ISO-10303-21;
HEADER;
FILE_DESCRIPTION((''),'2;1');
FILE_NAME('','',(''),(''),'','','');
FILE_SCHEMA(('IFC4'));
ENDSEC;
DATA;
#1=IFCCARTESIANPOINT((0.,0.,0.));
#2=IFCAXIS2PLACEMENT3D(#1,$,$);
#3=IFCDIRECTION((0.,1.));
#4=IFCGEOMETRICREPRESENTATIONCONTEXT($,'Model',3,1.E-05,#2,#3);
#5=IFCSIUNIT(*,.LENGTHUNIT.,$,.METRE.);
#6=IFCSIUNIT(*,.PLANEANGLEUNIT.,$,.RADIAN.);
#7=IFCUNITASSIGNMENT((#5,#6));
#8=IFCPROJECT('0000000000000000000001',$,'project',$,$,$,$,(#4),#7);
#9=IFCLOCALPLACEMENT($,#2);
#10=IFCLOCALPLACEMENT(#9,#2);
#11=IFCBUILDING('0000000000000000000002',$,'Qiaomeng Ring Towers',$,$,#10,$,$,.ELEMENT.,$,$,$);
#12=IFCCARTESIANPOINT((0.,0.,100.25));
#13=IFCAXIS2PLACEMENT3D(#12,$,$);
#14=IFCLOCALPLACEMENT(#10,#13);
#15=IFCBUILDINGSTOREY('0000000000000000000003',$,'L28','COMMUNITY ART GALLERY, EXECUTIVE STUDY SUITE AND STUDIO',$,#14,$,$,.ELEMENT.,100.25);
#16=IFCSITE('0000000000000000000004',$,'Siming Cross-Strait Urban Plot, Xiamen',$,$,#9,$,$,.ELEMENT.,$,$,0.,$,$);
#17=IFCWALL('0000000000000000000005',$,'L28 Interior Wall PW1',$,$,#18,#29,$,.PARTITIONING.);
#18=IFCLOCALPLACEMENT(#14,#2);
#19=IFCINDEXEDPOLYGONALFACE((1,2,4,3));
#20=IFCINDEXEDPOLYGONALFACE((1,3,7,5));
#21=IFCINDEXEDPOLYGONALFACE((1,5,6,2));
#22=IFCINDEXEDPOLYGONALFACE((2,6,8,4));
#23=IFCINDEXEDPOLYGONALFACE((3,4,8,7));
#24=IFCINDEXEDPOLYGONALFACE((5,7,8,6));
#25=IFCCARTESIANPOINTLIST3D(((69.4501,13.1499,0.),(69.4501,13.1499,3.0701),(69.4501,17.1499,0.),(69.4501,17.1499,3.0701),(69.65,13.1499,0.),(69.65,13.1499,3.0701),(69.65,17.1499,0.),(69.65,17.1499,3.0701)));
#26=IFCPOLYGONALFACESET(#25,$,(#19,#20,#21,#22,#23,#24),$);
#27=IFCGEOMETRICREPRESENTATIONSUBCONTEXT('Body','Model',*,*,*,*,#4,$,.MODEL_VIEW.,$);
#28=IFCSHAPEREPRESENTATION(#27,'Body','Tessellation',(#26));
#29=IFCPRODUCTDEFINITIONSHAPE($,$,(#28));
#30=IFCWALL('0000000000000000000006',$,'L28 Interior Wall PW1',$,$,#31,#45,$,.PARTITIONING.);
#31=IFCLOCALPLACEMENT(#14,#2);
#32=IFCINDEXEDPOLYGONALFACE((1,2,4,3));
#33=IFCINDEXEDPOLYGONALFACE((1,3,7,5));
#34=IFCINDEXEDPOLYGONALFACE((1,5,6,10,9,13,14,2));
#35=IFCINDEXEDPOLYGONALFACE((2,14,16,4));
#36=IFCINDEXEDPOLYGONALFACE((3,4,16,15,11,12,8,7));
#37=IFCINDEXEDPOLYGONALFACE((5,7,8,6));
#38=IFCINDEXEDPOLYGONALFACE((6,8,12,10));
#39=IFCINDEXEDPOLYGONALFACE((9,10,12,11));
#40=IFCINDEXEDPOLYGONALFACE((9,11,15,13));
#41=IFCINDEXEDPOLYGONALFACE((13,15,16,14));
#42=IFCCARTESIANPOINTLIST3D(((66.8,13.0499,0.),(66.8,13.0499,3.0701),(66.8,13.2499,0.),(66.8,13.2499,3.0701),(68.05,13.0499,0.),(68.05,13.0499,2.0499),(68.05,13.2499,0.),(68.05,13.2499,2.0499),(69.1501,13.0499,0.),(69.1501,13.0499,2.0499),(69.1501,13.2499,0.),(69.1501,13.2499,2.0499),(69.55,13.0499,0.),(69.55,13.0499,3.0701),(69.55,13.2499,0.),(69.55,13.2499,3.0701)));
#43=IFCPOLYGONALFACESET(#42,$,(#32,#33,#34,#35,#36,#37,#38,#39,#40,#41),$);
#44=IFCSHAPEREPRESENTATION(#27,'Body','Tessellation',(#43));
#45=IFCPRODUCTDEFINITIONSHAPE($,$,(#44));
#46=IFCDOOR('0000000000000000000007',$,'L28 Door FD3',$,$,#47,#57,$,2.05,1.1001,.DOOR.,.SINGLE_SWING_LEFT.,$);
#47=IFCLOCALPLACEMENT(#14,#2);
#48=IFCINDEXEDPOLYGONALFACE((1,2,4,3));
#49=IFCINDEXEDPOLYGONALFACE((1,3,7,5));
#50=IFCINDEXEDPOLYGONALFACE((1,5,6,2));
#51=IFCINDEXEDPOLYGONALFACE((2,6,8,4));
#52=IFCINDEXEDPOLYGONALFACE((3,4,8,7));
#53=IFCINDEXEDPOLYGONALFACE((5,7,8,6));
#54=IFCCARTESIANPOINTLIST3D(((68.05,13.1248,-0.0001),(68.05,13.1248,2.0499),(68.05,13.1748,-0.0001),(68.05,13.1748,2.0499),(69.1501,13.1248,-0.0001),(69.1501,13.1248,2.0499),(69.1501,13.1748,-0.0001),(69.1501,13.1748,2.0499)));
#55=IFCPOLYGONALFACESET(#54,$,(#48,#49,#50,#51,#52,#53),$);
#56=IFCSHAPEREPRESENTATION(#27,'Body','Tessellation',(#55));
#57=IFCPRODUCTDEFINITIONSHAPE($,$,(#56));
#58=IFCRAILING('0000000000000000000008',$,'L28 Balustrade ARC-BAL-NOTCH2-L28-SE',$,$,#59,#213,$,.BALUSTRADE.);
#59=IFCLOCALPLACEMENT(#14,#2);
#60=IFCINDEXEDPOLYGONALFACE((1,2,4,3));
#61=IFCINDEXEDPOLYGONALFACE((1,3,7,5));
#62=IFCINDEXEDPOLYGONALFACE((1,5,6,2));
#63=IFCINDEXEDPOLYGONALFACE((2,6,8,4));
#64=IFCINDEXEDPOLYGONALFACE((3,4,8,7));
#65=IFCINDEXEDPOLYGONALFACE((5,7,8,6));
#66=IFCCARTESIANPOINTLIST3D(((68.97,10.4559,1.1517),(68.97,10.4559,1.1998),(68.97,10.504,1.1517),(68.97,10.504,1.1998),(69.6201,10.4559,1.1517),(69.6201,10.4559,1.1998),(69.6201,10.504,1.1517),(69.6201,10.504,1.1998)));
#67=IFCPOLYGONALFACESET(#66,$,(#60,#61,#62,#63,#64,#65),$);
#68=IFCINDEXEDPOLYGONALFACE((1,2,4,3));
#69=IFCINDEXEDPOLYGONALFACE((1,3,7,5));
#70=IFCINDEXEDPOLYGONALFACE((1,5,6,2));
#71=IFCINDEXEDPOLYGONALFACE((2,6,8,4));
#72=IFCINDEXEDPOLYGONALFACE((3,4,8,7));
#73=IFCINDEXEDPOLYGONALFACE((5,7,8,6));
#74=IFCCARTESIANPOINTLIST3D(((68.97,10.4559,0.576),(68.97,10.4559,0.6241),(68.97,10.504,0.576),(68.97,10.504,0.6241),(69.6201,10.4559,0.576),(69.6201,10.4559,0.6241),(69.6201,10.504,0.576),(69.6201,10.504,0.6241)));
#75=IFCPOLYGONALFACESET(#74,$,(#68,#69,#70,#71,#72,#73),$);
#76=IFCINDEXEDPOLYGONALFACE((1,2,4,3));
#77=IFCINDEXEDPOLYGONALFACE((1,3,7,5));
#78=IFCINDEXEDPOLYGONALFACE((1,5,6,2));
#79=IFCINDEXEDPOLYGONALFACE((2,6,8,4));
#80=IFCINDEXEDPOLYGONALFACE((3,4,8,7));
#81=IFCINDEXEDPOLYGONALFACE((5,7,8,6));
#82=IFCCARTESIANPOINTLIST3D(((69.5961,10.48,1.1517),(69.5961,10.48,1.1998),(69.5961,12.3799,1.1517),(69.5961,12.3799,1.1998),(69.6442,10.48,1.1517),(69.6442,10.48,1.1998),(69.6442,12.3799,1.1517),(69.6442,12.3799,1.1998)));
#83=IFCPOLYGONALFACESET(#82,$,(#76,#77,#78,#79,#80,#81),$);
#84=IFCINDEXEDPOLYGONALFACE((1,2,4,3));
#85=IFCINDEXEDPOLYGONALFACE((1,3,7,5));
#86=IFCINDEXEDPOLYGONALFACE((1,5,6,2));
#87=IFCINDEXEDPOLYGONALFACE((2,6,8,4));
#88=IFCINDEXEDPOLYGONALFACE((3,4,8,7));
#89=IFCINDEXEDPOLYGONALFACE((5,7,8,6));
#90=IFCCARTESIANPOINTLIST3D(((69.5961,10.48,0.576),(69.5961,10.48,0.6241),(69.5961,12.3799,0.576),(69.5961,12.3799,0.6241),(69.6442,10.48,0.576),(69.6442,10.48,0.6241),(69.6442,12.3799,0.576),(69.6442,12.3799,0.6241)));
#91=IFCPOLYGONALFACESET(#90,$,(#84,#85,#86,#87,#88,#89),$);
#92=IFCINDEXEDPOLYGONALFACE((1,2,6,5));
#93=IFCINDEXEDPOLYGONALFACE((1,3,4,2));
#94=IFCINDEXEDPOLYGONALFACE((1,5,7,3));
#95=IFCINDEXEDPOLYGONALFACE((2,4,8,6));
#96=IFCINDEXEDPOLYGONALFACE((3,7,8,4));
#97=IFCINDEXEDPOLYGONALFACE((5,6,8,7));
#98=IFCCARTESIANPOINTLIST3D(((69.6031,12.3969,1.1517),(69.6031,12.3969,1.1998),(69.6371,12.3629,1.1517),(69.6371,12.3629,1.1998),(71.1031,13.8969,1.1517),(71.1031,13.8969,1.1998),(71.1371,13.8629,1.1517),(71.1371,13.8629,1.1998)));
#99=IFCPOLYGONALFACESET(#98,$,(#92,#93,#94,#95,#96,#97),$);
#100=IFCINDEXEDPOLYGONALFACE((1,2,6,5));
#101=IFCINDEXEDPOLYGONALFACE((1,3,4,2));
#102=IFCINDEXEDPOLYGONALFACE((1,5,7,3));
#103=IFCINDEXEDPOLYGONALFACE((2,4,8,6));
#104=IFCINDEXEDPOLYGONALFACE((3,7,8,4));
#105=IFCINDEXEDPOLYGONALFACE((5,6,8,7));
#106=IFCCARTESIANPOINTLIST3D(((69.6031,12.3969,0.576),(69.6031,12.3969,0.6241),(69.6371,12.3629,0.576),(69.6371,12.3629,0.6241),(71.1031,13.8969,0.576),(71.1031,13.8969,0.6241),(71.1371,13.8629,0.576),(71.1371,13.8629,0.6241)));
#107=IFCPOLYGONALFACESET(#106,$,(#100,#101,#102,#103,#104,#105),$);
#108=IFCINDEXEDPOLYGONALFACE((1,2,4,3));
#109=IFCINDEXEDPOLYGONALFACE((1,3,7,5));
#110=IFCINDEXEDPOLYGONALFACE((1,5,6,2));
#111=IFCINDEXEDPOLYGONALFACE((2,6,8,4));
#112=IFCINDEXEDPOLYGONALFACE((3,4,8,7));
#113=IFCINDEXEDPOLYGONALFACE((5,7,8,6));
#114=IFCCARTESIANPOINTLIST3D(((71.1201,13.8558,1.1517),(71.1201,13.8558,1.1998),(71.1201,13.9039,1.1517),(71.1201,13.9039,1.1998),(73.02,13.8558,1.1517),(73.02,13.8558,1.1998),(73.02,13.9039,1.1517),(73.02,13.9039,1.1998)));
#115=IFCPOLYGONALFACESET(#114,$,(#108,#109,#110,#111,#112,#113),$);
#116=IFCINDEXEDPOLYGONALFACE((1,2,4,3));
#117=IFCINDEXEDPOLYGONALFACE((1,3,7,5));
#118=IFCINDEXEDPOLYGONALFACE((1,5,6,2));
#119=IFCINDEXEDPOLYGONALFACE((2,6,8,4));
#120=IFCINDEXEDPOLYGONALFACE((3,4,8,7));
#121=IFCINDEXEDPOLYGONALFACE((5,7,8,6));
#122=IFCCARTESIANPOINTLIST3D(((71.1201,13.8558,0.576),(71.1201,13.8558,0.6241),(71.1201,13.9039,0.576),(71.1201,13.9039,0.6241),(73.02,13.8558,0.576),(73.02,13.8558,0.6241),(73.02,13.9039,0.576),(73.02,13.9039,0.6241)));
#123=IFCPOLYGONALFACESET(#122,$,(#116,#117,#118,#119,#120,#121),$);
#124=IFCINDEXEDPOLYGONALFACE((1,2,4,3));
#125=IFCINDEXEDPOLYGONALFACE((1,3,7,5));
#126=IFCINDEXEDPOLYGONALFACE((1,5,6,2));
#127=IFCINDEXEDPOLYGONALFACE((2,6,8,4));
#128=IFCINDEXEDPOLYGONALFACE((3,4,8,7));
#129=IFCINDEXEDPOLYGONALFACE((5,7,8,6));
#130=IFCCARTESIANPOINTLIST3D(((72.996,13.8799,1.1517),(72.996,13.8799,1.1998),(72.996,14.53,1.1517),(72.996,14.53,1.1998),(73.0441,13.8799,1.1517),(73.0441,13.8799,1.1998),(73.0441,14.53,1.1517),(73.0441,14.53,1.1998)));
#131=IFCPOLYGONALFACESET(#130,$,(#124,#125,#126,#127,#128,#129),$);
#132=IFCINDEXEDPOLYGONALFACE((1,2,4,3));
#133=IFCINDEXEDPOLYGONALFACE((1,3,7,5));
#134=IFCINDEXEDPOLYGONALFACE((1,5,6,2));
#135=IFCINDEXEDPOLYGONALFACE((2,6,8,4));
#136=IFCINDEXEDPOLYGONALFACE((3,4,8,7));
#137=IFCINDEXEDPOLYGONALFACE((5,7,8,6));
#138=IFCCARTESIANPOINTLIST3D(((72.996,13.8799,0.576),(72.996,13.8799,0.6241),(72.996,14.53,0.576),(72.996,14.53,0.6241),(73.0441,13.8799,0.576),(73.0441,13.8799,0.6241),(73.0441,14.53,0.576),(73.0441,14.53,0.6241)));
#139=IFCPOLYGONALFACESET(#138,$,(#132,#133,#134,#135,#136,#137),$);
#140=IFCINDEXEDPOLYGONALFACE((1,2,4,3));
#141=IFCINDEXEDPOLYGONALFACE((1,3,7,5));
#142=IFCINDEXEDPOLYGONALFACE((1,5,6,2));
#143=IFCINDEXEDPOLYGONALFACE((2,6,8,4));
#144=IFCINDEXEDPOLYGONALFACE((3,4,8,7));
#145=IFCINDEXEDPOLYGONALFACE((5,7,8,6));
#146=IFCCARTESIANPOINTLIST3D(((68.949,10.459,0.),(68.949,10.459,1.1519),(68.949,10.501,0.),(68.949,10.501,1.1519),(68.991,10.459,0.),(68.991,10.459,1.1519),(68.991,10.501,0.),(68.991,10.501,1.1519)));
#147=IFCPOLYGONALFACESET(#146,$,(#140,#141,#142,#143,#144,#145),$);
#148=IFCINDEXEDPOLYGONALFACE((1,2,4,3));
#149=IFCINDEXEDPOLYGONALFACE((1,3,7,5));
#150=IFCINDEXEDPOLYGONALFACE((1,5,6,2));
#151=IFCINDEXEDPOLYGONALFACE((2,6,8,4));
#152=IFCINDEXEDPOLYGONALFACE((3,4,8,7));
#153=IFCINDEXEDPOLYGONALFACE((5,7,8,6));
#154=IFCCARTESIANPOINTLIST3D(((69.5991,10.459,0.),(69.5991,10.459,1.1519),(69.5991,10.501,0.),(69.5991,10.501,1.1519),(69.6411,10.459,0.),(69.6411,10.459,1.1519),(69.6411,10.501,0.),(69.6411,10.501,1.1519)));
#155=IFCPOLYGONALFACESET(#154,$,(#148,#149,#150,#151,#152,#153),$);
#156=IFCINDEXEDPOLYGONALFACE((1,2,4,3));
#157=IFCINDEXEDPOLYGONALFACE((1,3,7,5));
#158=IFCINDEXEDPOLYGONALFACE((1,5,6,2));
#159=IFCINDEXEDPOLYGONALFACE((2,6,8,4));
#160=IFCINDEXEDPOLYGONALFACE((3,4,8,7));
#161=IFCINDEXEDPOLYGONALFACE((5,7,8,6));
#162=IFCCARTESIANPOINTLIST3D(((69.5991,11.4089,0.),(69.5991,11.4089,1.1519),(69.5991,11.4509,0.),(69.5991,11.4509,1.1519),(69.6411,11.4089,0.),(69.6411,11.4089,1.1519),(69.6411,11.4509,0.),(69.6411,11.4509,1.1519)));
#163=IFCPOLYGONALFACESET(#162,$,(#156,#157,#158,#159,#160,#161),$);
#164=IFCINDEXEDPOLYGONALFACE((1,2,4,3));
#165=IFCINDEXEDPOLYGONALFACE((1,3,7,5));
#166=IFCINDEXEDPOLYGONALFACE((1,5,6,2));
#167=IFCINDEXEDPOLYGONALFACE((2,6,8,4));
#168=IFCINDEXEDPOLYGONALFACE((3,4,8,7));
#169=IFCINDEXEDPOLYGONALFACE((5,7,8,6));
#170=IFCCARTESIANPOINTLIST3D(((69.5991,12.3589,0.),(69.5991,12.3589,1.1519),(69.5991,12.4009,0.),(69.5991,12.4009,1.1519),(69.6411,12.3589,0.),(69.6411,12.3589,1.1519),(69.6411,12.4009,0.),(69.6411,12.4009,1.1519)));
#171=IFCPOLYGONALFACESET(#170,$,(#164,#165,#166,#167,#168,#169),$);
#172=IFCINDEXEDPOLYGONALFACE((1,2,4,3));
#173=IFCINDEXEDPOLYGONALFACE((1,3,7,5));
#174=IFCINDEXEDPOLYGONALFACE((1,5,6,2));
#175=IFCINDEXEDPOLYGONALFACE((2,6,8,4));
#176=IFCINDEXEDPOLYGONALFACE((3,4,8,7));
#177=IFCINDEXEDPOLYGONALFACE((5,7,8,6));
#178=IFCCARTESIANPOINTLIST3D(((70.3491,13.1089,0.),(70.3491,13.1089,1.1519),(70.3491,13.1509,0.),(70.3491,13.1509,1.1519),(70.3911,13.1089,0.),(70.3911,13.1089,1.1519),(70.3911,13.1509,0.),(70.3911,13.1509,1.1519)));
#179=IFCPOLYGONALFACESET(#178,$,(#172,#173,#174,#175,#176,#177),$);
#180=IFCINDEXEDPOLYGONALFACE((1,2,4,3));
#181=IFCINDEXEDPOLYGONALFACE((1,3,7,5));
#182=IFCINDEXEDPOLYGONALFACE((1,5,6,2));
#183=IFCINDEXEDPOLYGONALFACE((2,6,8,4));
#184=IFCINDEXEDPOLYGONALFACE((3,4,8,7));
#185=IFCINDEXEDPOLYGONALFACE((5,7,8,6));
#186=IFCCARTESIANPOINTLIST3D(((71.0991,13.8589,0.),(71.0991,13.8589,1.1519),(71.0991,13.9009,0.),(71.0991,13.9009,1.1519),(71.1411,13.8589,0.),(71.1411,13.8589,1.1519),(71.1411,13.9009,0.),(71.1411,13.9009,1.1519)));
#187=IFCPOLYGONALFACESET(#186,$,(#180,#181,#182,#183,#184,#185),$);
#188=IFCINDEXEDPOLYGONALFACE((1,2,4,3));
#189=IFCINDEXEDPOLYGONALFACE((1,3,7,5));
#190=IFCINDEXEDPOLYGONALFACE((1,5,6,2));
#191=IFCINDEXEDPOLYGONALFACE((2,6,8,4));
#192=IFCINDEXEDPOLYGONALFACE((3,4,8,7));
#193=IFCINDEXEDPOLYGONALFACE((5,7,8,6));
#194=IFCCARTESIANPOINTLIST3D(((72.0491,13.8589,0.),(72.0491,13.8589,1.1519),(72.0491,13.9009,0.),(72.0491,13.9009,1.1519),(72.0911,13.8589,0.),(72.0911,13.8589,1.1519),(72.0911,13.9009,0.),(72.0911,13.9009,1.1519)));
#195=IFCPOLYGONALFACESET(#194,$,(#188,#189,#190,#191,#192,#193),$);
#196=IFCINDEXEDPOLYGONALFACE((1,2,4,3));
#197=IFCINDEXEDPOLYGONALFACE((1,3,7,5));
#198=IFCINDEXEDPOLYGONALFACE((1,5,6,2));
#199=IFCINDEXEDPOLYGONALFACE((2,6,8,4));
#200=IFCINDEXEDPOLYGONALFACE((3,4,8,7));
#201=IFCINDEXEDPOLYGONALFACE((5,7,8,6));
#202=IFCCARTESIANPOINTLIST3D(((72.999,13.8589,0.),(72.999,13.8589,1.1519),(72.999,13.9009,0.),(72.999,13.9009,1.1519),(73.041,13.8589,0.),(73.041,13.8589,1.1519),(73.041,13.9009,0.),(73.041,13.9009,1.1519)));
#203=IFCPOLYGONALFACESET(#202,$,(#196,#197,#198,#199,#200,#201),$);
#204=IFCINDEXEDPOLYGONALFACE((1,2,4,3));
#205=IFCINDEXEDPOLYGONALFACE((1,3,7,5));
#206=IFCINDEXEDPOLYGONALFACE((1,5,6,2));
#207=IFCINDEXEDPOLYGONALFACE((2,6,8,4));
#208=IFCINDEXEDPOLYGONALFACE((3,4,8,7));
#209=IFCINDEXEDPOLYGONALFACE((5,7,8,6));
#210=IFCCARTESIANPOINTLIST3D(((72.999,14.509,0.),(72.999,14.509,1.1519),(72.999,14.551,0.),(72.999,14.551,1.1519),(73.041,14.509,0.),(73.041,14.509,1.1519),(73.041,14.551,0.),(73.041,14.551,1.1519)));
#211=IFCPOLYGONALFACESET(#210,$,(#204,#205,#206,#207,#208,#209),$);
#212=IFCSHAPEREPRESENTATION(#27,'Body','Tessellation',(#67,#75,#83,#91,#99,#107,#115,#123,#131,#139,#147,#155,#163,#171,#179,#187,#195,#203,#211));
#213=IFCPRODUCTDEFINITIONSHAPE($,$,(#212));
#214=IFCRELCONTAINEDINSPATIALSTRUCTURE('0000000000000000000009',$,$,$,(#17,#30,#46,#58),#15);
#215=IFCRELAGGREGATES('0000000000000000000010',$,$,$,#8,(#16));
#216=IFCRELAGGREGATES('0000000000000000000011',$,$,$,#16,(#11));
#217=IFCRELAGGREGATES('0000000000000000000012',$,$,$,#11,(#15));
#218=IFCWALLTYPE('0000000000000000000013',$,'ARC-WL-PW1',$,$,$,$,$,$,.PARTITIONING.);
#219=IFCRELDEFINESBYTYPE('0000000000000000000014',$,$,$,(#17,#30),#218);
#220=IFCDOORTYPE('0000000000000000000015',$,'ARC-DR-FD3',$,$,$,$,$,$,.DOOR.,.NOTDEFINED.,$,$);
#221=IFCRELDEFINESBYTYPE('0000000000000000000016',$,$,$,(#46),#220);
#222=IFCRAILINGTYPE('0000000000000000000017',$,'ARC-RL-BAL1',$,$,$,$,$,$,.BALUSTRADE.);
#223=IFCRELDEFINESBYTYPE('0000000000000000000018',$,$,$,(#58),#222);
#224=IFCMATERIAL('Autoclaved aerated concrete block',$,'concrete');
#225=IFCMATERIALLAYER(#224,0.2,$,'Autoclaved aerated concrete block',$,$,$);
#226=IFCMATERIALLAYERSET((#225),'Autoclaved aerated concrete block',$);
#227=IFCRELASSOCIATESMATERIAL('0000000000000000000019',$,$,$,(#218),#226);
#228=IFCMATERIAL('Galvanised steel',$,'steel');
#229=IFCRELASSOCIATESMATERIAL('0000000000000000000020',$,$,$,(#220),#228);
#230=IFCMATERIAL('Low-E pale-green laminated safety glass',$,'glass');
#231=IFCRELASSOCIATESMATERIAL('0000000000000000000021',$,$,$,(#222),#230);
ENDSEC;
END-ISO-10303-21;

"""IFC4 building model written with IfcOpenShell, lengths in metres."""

from ifc_helpers import new_model, si_unit, direction, frame, frame_2d, origin, origin_2d, place, context, subcontext, project, spatial, rectangle, extrude, source, transform, mapped, material, layer, layer_set, type_object, element, fill, save


model = new_model("IFC4")

# Units and contexts
model_context = context("Model", 3, precision=1e-05, world=origin(), true_north=direction((0.0, 1.0)))
body_context = subcontext(model_context, "Body", "Model", "MODEL_VIEW")
ifc_project = project(units=[si_unit("LENGTHUNIT", "METRE"), si_unit("PLANEANGLEUNIT", "RADIAN")], contexts=[model_context])

# Site, building, storey
site_placement = place(None, origin())
site = spatial("IfcSite", under=ifc_project, at=site_placement, Name="Siming Cross-Strait Urban Plot, Xiamen", CompositionType="ELEMENT", RefElevation=0.0)
building_placement = place(site_placement, origin())
building = spatial("IfcBuilding", under=site, at=building_placement, Name="Qiaomeng Ring Towers", CompositionType="ELEMENT")
storey_placement = place(building_placement, frame((0.0, 0.0, 100.25)))
storey = spatial("IfcBuildingStorey", under=building, at=storey_placement, Name="L28", Description="COMMUNITY ART GALLERY, EXECUTIVE STUDY SUITE AND STUDIO", CompositionType="ELEMENT", Elevation=100.25)

# Wall
ifc_material_1 = material(Name="Autoclaved aerated concrete block", Category="concrete")
ifc_layer_1 = layer(ifc_material_1, 0.2, Name="Autoclaved aerated concrete block")
ifc_layer_set_1 = layer_set([ifc_layer_1], Name="Autoclaved aerated concrete block")
wall_type_1 = type_object("IfcWallType", Name="ARC-WL-PW1", PredefinedType="PARTITIONING", material=ifc_layer_set_1)
wall_1_placement = place(storey_placement, frame((69.55, 13.1499, 0.0), z_axis=(0.0, 0.0, 1.0), x_axis=(0.0, 1.0, 0.0)))
element("IfcWall", 1, at=wall_1_placement, inside=storey, type_object=wall_type_1, Name="L28 Interior Wall PW1", PredefinedType="PARTITIONING", context=body_context, shape_type="SweptSolid", body=[
    extrude(rectangle(XDim=4.0, YDim=0.2, at=frame_2d((2.0, 0.0))), origin(), (0.0, 0.0, 1.0), 3.0701),
])

# Wall, opening, door
wall_2_placement = place(storey_placement, frame((66.8, 13.1499, 0.0), z_axis=(0.0, 0.0, 1.0), x_axis=(1.0, 0.0, 0.0)))
wall_2 = element("IfcWall", 2, at=wall_2_placement, inside=storey, type_object=wall_type_1, Name="L28 Interior Wall PW1", PredefinedType="PARTITIONING", context=body_context, shape_type="SweptSolid", body=[
    extrude(rectangle(XDim=2.75, YDim=0.2, at=frame_2d((1.375, 0.0))), origin(), (0.0, 0.0, 1.0), 3.0701),
])
opening_1_placement = place(wall_2_placement, frame((1.25, 0.0, 0.0)))
opening_1 = element("IfcOpeningElement", 3, at=opening_1_placement, cuts=wall_2, PredefinedType="OPENING", context=body_context, shape_type="SweptSolid", body=[
    extrude(rectangle(XDim=1.1001, YDim=2.05, at=frame_2d((0.55, 1.0249))), frame((0.0, 0.1099, 0.0), z_axis=(0.0, -1.0, 0.0), x_axis=(1.0, 0.0, 0.0)), (0.0, 0.0, 1.0), 0.22),
])
ifc_material_2 = material(Name="Galvanised steel", Category="steel")
door_type_1 = type_object("IfcDoorType", Name="ARC-DR-FD3", OperationType="NOTDEFINED", PredefinedType="DOOR", material=ifc_material_2)
shared_shape_1 = source(origin(), body_context, "Body", "SweptSolid", [
    extrude(rectangle(XDim=1.1001, YDim=2.05, at=frame_2d((0.55, 1.0249))), frame((0.0, 0.0249, 0.0), z_axis=(0.0, -1.0, 0.0), x_axis=(1.0, 0.0, 0.0)), (0.0, 0.0, 1.0), 0.05),
])
door_1_placement = place(opening_1_placement, origin())
door_1 = element("IfcDoor", 4, at=door_1_placement, inside=storey, type_object=door_type_1, Name="L28 Door FD3", OperationType="SINGLE_SWING_LEFT", OverallHeight=2.05, OverallWidth=1.1001, PredefinedType="DOOR", context=body_context, shape_type="MappedRepresentation", body=[
    mapped(shared_shape_1, transform((0.0, 0.0, 0.0), x_axis=(1.0, 0.0, 0.0), y_axis=(0.0, 1.0, 0.0), z_axis=(0.0, 0.0, 1.0), scale=1.0)),
])
fill(opening_1, door_1)

# Railing
ifc_material_3 = material(Name="Low-E pale-green laminated safety glass", Category="glass")
railing_type = type_object("IfcRailingType", Name="ARC-RL-BAL1", PredefinedType="BALUSTRADE", material=ifc_material_3)
railing_placement = place(storey_placement, frame((68.97, 10.48, 0.0)))
element("IfcRailing", 5, at=railing_placement, inside=storey, type_object=railing_type, Name="L28 Balustrade ARC-BAL-NOTCH2-L28-SE", PredefinedType="BALUSTRADE", context=body_context, shape_type="SweptSolid", body=[
    extrude(rectangle(XDim=0.0481, YDim=0.0481, at=origin_2d()), frame((0.0, 0.0, 1.1758), z_axis=(1.0, 0.0, 0.0), x_axis=(0.0, 1.0, 0.0)), (0.0, 0.0, 1.0), 0.6501),
    extrude(rectangle(XDim=0.0481, YDim=0.0481, at=origin_2d()), frame((0.0, 0.0, 0.6001), z_axis=(1.0, 0.0, 0.0), x_axis=(0.0, 1.0, 0.0)), (0.0, 0.0, 1.0), 0.6501),
    extrude(rectangle(XDim=0.0481, YDim=0.0481, at=origin_2d()), frame((0.6501, 0.0, 1.1758), z_axis=(0.0, 1.0, 0.0), x_axis=(-1.0, 0.0, 0.0)), (0.0, 0.0, 1.0), 1.8999),
    extrude(rectangle(XDim=0.0481, YDim=0.0481, at=origin_2d()), frame((0.6501, 0.0, 0.6001), z_axis=(0.0, 1.0, 0.0), x_axis=(-1.0, 0.0, 0.0)), (0.0, 0.0, 1.0), 1.8999),
    extrude(rectangle(XDim=0.0481, YDim=0.0481, at=origin_2d()), frame((0.6501, 1.8999, 1.1758), z_axis=(0.707107, 0.707107, 0.0), x_axis=(-0.707107, 0.707107, 0.0)), (0.0, 0.0, 1.0), 2.1213),
    extrude(rectangle(XDim=0.0481, YDim=0.0481, at=origin_2d()), frame((0.6501, 1.8999, 0.6001), z_axis=(0.707107, 0.707107, 0.0), x_axis=(-0.707107, 0.707107, 0.0)), (0.0, 0.0, 1.0), 2.1213),
    extrude(rectangle(XDim=0.0481, YDim=0.0481, at=origin_2d()), frame((2.1501, 3.3999, 1.1758), z_axis=(1.0, 0.0, 0.0), x_axis=(0.0, 1.0, 0.0)), (0.0, 0.0, 1.0), 1.8999),
    extrude(rectangle(XDim=0.0481, YDim=0.0481, at=origin_2d()), frame((2.1501, 3.3999, 0.6001), z_axis=(1.0, 0.0, 0.0), x_axis=(0.0, 1.0, 0.0)), (0.0, 0.0, 1.0), 1.8999),
    extrude(rectangle(XDim=0.0481, YDim=0.0481, at=origin_2d()), frame((4.05, 3.3999, 1.1758), z_axis=(0.0, 1.0, 0.0), x_axis=(-1.0, 0.0, 0.0)), (0.0, 0.0, 1.0), 0.6501),
    extrude(rectangle(XDim=0.0481, YDim=0.0481, at=origin_2d()), frame((4.05, 3.3999, 0.6001), z_axis=(0.0, 1.0, 0.0), x_axis=(-1.0, 0.0, 0.0)), (0.0, 0.0, 1.0), 0.6501),
    extrude(rectangle(XDim=0.042, YDim=0.042, at=origin_2d()), origin(), (0.0, 0.0, 1.0), 1.1519),
    extrude(rectangle(XDim=0.042, YDim=0.042, at=origin_2d()), frame((0.6501, 0.0, 0.0)), (0.0, 0.0, 1.0), 1.1519),
    extrude(rectangle(XDim=0.042, YDim=0.042, at=origin_2d()), frame((0.6501, 0.95, 0.0)), (0.0, 0.0, 1.0), 1.1519),
    extrude(rectangle(XDim=0.042, YDim=0.042, at=origin_2d()), frame((0.6501, 1.8999, 0.0)), (0.0, 0.0, 1.0), 1.1519),
    extrude(rectangle(XDim=0.042, YDim=0.042, at=origin_2d()), frame((1.4001, 2.6499, 0.0)), (0.0, 0.0, 1.0), 1.1519),
    extrude(rectangle(XDim=0.042, YDim=0.042, at=origin_2d()), frame((2.1501, 3.3999, 0.0)), (0.0, 0.0, 1.0), 1.1519),
    extrude(rectangle(XDim=0.042, YDim=0.042, at=origin_2d()), frame((3.1001, 3.3999, 0.0)), (0.0, 0.0, 1.0), 1.1519),
    extrude(rectangle(XDim=0.042, YDim=0.042, at=origin_2d()), frame((4.05, 3.3999, 0.0)), (0.0, 0.0, 1.0), 1.1519),
    extrude(rectangle(XDim=0.042, YDim=0.042, at=origin_2d()), frame((4.05, 4.05, 0.0)), (0.0, 0.0, 1.0), 1.1519),
])

save(model, "model.ifc")
